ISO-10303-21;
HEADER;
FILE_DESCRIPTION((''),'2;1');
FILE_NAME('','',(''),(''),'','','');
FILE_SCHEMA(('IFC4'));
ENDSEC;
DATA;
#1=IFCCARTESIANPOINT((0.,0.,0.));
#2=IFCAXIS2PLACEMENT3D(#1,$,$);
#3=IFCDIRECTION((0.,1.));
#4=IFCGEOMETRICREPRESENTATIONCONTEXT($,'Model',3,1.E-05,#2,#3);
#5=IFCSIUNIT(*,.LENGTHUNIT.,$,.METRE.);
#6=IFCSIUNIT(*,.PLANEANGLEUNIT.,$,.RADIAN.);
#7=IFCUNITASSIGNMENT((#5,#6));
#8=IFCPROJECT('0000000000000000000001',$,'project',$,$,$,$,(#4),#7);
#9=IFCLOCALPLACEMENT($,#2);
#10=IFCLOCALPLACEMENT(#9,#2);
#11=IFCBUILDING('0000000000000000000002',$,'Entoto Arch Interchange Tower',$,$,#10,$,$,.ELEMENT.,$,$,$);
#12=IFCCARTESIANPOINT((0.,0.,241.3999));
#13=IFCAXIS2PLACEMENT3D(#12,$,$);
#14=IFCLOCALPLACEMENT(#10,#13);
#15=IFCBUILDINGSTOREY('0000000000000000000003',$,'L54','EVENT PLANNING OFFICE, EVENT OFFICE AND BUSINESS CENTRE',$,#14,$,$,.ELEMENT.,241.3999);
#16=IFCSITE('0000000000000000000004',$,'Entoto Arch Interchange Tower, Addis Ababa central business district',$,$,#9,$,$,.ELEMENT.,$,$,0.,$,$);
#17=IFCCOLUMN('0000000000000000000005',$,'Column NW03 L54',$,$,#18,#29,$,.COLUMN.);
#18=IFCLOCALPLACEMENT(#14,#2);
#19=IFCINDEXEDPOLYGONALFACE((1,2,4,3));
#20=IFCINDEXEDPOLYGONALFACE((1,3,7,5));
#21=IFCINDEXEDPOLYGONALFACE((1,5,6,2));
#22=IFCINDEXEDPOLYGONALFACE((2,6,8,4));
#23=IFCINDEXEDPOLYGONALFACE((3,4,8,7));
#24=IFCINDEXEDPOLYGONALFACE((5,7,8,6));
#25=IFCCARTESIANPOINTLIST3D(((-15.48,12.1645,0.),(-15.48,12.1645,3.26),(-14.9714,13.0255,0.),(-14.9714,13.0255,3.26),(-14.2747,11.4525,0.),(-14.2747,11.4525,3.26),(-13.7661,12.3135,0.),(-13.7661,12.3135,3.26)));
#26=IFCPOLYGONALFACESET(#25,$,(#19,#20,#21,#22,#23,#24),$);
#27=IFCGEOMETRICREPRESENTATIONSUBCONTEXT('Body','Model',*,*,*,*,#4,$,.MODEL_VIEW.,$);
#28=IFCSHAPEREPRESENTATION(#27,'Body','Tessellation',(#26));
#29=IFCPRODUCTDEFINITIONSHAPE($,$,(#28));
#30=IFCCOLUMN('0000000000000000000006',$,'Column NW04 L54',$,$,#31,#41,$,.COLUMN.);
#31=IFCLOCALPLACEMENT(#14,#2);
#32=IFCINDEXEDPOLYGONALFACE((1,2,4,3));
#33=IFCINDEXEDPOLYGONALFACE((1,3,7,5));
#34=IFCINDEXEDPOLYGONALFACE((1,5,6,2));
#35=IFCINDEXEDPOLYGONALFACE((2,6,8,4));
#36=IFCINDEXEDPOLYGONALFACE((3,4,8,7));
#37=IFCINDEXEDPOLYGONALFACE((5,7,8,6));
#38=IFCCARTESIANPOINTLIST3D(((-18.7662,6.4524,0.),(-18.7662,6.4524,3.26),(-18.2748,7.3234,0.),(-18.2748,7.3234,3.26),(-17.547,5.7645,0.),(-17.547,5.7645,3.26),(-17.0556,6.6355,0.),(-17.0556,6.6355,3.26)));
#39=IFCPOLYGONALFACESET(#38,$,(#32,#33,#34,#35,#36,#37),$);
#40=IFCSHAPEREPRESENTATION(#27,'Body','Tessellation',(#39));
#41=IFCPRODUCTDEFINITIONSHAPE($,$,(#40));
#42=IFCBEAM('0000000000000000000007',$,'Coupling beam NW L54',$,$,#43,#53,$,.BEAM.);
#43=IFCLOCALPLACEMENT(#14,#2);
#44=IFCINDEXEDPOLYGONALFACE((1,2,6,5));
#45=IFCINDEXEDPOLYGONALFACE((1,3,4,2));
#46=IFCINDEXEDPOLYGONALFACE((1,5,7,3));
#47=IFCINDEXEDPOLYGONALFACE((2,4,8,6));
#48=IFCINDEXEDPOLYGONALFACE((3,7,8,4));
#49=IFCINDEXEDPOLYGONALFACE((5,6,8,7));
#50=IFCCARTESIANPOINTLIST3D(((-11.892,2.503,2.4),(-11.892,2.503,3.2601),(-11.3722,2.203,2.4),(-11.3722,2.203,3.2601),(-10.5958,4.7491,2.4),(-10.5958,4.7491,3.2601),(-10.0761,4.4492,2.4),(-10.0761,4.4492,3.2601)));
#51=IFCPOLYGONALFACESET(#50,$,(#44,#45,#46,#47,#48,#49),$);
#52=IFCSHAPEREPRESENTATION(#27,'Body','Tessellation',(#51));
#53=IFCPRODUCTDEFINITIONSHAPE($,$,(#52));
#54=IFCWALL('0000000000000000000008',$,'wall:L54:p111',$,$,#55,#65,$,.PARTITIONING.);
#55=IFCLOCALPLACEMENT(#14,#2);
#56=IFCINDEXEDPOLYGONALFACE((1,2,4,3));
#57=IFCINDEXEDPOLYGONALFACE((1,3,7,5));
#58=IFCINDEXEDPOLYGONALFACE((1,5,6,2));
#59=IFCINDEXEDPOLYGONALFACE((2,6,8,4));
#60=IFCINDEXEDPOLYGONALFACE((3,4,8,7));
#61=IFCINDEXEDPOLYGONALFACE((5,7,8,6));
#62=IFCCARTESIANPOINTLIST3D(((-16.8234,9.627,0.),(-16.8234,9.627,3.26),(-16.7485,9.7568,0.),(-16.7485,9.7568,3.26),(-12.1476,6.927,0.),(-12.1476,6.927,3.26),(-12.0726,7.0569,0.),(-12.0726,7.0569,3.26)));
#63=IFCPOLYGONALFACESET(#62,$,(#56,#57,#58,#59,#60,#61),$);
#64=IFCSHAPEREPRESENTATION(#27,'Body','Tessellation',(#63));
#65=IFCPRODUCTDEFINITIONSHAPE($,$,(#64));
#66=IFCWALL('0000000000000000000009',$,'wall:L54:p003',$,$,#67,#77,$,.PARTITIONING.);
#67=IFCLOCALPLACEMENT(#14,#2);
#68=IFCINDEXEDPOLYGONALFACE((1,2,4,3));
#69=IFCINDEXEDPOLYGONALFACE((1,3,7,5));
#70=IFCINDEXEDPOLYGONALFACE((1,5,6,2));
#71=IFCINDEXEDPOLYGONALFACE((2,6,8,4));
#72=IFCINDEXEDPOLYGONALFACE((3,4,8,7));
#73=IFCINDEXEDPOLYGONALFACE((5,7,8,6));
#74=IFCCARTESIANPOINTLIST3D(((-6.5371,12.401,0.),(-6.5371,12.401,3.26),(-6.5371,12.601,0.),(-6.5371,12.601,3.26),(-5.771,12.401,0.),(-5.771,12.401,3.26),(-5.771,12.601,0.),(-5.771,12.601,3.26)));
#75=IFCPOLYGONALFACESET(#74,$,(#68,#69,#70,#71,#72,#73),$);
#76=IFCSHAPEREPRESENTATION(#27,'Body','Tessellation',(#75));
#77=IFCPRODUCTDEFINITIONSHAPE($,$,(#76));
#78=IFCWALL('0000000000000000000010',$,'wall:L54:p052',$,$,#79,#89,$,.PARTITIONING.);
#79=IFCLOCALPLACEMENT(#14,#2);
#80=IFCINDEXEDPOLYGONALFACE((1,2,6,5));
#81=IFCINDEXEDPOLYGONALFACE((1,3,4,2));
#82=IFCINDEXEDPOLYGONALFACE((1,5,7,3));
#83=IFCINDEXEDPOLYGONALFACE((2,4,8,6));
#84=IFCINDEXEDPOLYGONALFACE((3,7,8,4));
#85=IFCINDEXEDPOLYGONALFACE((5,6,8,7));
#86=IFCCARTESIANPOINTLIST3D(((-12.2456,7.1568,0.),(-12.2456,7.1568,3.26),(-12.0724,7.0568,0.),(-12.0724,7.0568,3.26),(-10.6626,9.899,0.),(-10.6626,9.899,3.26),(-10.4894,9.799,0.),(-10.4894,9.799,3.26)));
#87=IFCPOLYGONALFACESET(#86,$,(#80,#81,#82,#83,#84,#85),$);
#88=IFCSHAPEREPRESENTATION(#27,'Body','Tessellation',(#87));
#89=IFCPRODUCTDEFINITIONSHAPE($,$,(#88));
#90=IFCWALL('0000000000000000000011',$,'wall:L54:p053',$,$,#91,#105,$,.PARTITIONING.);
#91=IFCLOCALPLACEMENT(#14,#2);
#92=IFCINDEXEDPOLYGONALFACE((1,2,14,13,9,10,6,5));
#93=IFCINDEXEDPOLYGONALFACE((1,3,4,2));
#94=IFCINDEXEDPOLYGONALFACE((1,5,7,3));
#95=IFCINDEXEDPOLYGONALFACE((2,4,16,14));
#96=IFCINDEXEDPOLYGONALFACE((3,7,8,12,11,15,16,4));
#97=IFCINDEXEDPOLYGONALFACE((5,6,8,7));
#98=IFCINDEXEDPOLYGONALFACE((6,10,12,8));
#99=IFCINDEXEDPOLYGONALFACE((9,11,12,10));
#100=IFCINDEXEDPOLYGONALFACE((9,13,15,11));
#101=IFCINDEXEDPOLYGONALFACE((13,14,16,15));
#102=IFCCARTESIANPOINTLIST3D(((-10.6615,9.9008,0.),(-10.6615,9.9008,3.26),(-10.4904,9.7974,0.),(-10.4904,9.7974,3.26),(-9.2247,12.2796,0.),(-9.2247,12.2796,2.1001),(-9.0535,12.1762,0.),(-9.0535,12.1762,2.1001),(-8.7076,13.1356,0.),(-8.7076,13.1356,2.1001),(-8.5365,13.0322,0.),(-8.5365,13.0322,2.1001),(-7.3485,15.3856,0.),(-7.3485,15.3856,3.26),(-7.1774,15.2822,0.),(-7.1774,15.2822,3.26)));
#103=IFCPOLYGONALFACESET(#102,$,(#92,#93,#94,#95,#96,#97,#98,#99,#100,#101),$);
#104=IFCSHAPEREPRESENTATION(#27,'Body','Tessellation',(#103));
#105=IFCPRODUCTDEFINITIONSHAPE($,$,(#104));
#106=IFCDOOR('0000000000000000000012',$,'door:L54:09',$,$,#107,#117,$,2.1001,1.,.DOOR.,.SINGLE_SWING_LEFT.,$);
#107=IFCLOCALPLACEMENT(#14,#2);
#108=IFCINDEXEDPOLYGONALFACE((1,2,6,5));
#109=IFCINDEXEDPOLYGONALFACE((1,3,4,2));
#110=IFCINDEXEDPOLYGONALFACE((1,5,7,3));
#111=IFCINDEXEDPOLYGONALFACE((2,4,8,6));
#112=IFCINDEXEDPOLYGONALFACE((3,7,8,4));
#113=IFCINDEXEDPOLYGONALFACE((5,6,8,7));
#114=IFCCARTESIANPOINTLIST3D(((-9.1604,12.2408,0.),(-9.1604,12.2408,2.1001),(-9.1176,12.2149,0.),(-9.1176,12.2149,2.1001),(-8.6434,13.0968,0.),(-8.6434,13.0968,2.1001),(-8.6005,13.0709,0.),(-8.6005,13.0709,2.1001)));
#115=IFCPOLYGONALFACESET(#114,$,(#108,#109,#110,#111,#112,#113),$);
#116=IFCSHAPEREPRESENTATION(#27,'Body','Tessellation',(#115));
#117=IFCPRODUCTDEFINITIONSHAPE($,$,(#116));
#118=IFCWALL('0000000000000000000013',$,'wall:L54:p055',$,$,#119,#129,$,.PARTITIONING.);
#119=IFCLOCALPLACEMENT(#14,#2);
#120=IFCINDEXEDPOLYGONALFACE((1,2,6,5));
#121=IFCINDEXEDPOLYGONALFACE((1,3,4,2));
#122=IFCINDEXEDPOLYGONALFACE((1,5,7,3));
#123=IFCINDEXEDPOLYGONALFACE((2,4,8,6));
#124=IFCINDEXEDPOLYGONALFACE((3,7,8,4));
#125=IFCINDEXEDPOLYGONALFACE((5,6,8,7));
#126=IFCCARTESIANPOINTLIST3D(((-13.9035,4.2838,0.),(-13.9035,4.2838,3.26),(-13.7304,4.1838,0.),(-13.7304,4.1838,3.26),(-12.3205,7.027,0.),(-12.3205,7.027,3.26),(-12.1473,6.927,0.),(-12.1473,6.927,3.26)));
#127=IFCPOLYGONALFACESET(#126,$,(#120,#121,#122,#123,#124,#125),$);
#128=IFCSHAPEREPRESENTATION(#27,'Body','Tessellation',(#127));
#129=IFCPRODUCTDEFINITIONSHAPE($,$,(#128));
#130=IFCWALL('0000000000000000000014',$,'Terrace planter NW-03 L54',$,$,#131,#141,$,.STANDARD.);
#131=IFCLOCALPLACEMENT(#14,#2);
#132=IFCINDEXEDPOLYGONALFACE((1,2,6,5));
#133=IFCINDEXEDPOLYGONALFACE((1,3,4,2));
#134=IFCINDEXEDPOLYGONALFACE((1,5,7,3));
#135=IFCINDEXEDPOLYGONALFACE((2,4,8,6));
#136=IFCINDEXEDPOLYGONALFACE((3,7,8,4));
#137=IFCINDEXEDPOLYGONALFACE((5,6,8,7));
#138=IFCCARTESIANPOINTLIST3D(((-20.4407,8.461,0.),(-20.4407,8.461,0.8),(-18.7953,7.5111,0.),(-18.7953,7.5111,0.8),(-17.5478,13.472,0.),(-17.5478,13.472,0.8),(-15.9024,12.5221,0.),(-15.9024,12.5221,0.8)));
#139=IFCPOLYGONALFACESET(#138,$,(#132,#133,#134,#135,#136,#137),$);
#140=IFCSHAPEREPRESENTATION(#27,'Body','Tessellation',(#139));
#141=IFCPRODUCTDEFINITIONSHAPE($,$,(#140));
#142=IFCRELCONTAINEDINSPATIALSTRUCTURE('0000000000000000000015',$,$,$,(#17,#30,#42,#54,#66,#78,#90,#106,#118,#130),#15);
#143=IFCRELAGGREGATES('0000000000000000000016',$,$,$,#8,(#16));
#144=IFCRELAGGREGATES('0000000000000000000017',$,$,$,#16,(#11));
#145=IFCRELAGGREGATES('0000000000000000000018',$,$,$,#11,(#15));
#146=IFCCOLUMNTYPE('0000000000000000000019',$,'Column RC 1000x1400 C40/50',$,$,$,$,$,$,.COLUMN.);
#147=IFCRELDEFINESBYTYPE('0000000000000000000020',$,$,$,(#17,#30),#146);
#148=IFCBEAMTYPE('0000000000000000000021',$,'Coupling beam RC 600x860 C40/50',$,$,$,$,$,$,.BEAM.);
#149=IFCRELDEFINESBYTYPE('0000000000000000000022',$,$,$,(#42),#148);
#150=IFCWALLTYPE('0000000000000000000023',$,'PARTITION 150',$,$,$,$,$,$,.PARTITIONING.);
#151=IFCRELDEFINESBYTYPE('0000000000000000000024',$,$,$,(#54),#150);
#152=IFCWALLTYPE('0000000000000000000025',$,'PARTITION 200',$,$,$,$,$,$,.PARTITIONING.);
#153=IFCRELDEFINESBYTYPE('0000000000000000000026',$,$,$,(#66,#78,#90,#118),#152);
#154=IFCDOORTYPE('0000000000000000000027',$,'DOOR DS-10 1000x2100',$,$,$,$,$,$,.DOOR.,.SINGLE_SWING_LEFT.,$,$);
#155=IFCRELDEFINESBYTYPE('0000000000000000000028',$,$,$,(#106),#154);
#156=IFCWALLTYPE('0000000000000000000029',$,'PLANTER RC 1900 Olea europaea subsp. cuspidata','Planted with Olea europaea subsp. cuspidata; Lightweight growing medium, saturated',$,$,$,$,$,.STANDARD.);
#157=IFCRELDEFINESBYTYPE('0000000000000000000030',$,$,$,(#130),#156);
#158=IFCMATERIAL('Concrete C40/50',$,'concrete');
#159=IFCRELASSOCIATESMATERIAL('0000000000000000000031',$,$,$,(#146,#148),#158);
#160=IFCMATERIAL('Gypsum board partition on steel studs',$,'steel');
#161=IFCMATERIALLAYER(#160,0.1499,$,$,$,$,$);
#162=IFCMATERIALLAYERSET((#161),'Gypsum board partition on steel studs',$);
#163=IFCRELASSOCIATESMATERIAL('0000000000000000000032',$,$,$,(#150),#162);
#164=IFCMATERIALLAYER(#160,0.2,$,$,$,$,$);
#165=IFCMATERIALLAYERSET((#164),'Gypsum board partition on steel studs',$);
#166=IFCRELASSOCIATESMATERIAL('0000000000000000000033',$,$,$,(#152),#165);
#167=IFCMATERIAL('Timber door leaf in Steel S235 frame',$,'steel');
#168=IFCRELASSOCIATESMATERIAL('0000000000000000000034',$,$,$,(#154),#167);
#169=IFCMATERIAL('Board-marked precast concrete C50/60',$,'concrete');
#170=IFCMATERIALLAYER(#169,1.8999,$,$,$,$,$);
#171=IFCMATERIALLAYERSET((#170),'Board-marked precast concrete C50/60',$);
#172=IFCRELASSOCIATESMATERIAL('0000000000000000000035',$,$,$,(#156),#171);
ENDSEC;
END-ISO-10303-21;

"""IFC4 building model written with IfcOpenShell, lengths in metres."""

from ifc_helpers import new_model, si_unit, direction, frame, frame_2d, origin, origin_2d, place, context, subcontext, project, spatial, rectangle, extrude, material, layer, layer_set, material_profile, profile_set, type_object, element, fill, save


model = new_model("IFC4")

# Units and contexts
model_context = context("Model", 3, precision=1e-05, world=origin(), true_north=direction((0.0, 1.0)))
body_context = subcontext(model_context, "Body", "Model", "MODEL_VIEW")
ifc_project = project(units=[si_unit("LENGTHUNIT", "METRE"), si_unit("PLANEANGLEUNIT", "RADIAN")], contexts=[model_context])

# Site, building, storey
site_placement = place(None, origin())
site = spatial("IfcSite", under=ifc_project, at=site_placement, Name="Entoto Arch Interchange Tower, Addis Ababa central business district", CompositionType="ELEMENT", RefElevation=0.0)
building_placement = place(site_placement, origin())
building = spatial("IfcBuilding", under=site, at=building_placement, Name="Entoto Arch Interchange Tower", CompositionType="ELEMENT")
storey_placement = place(building_placement, frame((0.0, 0.0, 241.3999)))
storey = spatial("IfcBuildingStorey", under=building, at=storey_placement, Name="L54", Description="EVENT PLANNING OFFICE, EVENT OFFICE AND BUSINESS CENTRE", CompositionType="ELEMENT", Elevation=241.3999)

# Columns
ifc_material_1 = material(Name="Concrete C40/50", Category="concrete")
ifc_material_profile_1 = material_profile(ifc_material_1, rectangle(XDim=1.0, YDim=1.3999, at=origin_2d()))
ifc_profile_set_1 = profile_set([ifc_material_profile_1], Name="Concrete C40/50")
column_type = type_object("IfcColumnType", Name="Column RC 1000x1400 C40/50", PredefinedType="COLUMN", material=ifc_profile_set_1)
for number, where, z_axis, x_axis, name in (
    (1, (-14.623, 12.239, 0.0), (0.0, 0.0, 1.0), (0.508576, 0.861017, 0.0), "Column NW03 L54"),
    (2, (-17.9109, 6.5439, 0.0), (0.0, 0.0, 1.0), (0.491375, 0.870948, 0.0), "Column NW04 L54"),
):
    element("IfcColumn", number, at=place(storey_placement, frame(where, z_axis=z_axis, x_axis=x_axis)), inside=storey, type_object=column_type, Name=name, PredefinedType="COLUMN", context=body_context, shape_type="SweptSolid", body=[
        extrude(rectangle(XDim=1.0, YDim=1.3999, at=origin_2d()), origin(), (0.0, 0.0, 1.0), 3.26),
    ])

# Beam
ifc_material_profile_2 = material_profile(ifc_material_1, rectangle(XDim=0.6001, YDim=0.8601, at=origin_2d()))
ifc_profile_set_2 = profile_set([ifc_material_profile_2], Name="Concrete C40/50")
beam_type = type_object("IfcBeamType", Name="Coupling beam RC 600x860 C40/50", PredefinedType="BEAM", material=ifc_profile_set_2)
beam_placement = place(storey_placement, frame((-10.3359, 4.5991, 2.8301), z_axis=(-0.499815, -0.866132, 0.0), x_axis=(0.866132, -0.499815, 0.0)))
element("IfcBeam", 3, at=beam_placement, inside=storey, type_object=beam_type, Name="Coupling beam NW L54", PredefinedType="BEAM", context=body_context, shape_type="SweptSolid", body=[
    extrude(rectangle(XDim=0.6001, YDim=0.8601, at=origin_2d()), origin(), (0.0, 0.0, 1.0), 2.5933),
])

# Walls
ifc_material_2 = material(Name="Gypsum board partition on steel studs", Category="steel")
ifc_layer_1 = layer(ifc_material_2, 0.1499)
ifc_layer_set_1 = layer_set([ifc_layer_1], Name="Gypsum board partition on steel studs")
wall_type_1 = type_object("IfcWallType", Name="PARTITION 150", PredefinedType="PARTITIONING", material=ifc_layer_set_1)
wall_1_placement = place(storey_placement, frame((-12.1101, 6.9919, 0.0), z_axis=(0.0, 0.0, 1.0), x_axis=(-0.865994, 0.500054, 0.0)))
element("IfcWall", 4, at=wall_1_placement, inside=storey, type_object=wall_type_1, Name="wall:L54:p111", PredefinedType="PARTITIONING", context=body_context, shape_type="SweptSolid", body=[
    extrude(rectangle(XDim=5.3994, YDim=0.1499, at=frame_2d((2.6997, 0.0))), origin(), (0.0, 0.0, 1.0), 3.26),
])
ifc_layer_2 = layer(ifc_material_2, 0.2)
ifc_layer_set_2 = layer_set([ifc_layer_2], Name="Gypsum board partition on steel studs")
wall_type_2 = type_object("IfcWallType", Name="PARTITION 200", PredefinedType="PARTITIONING", material=ifc_layer_set_2)
wall_2_placement = place(storey_placement, frame((-6.5371, 12.501, 0.0), z_axis=(0.0, 0.0, 1.0), x_axis=(1.0, 0.0, 0.0)))
element("IfcWall", 5, at=wall_2_placement, inside=storey, type_object=wall_type_2, Name="wall:L54:p003", PredefinedType="PARTITIONING", context=body_context, shape_type="SweptSolid", body=[
    extrude(rectangle(XDim=0.7661, YDim=0.2, at=frame_2d((0.3831, 0.0))), origin(), (0.0, 0.0, 1.0), 3.26),
])
wall_3_placement = place(storey_placement, frame((-12.1589, 7.1069, 0.0), z_axis=(0.0, 0.0, 1.0), x_axis=(0.499954, 0.866052, 0.0)))
element("IfcWall", 6, at=wall_3_placement, inside=storey, type_object=wall_type_2, Name="wall:L54:p052", PredefinedType="PARTITIONING", context=body_context, shape_type="SweptSolid", body=[
    extrude(rectangle(XDim=3.1663, YDim=0.2, at=frame_2d((1.583, 0.0))), origin(), (0.0, 0.0, 1.0), 3.26),
])

# Wall, opening, door
wall_4_placement = place(storey_placement, frame((-10.5759, 9.8491, 0.0), z_axis=(0.0, 0.0, 1.0), x_axis=(0.517026, 0.85597, 0.0)))
wall_4 = element("IfcWall", 7, at=wall_4_placement, inside=storey, type_object=wall_type_2, Name="wall:L54:p053", PredefinedType="PARTITIONING", context=body_context, shape_type="SweptSolid", body=[
    extrude(rectangle(XDim=6.4077, YDim=0.2, at=frame_2d((3.2039, 0.0))), origin(), (0.0, 0.0, 1.0), 3.26),
])
opening_1_placement = place(wall_4_placement, frame((2.7791, 0.0, 0.0)))
opening_1 = element("IfcOpeningElement", 8, at=opening_1_placement, cuts=wall_4, PredefinedType="OPENING", context=body_context, shape_type="SweptSolid", body=[
    extrude(rectangle(XDim=1.0, YDim=2.1001, at=frame_2d((0.5, 1.05))), frame((0.0, 0.1099, 0.0), z_axis=(0.0, -1.0, 0.0), x_axis=(1.0, 0.0, 0.0)), (0.0, 0.0, 1.0), 0.22),
])
ifc_material_3 = material(Name="Timber door leaf in Steel S235 frame", Category="steel")
door_type_1 = type_object("IfcDoorType", Name="DOOR DS-10 1000x2100", OperationType="SINGLE_SWING_LEFT", PredefinedType="DOOR", material=ifc_material_3)
door_1_placement = place(opening_1_placement, origin())
door_1 = element("IfcDoor", 9, at=door_1_placement, inside=storey, type_object=door_type_1, Name="door:L54:09", OperationType="SINGLE_SWING_LEFT", OverallHeight=2.1001, OverallWidth=1.0, PredefinedType="DOOR", context=body_context, shape_type="SweptSolid", body=[
    extrude(rectangle(XDim=1.0, YDim=2.1001, at=frame_2d((0.5, 1.05))), frame((0.0, 0.0249, 0.0), z_axis=(0.0, -1.0, 0.0), x_axis=(1.0, 0.0, 0.0)), (0.0, 0.0, 1.0), 0.05),
])
fill(opening_1, door_1)

# Walls
wall_5_placement = place(storey_placement, frame((-13.8169, 4.2339, 0.0), z_axis=(0.0, 0.0, 1.0), x_axis=(0.49982, 0.866129, 0.0)))
element("IfcWall", 10, at=wall_5_placement, inside=storey, type_object=wall_type_2, Name="wall:L54:p055", PredefinedType="PARTITIONING", context=body_context, shape_type="SweptSolid", body=[
    extrude(rectangle(XDim=3.1672, YDim=0.2, at=frame_2d((1.5835, 0.0))), origin(), (0.0, 0.0, 1.0), 3.26),
])
ifc_material_4 = material(Name="Board-marked precast concrete C50/60", Category="concrete")
ifc_layer_3 = layer(ifc_material_4, 1.8999)
ifc_layer_set_3 = layer_set([ifc_layer_3], Name="Board-marked precast concrete C50/60")
wall_type_3 = type_object("IfcWallType", Name="PLANTER RC 1900 Olea europaea subsp. cuspidata", Description="Planted with Olea europaea subsp. cuspidata; Lightweight growing medium, saturated", PredefinedType="STANDARD", material=ifc_layer_set_3)
wall_6_placement = place(storey_placement, frame((-16.7251, 12.9971, 0.0), z_axis=(0.0, 0.0, 1.0), x_axis=(-0.499965, -0.866046, 0.0)))
element("IfcWall", 11, at=wall_6_placement, inside=storey, type_object=wall_type_3, Name="Terrace planter NW-03 L54", PredefinedType="STANDARD", context=body_context, shape_type="SweptSolid", body=[
    extrude(rectangle(XDim=5.7861, YDim=1.8999, at=frame_2d((2.8931, 0.0))), origin(), (0.0, 0.0, 1.0), 0.8),
])

save(model, "model.ifc")
